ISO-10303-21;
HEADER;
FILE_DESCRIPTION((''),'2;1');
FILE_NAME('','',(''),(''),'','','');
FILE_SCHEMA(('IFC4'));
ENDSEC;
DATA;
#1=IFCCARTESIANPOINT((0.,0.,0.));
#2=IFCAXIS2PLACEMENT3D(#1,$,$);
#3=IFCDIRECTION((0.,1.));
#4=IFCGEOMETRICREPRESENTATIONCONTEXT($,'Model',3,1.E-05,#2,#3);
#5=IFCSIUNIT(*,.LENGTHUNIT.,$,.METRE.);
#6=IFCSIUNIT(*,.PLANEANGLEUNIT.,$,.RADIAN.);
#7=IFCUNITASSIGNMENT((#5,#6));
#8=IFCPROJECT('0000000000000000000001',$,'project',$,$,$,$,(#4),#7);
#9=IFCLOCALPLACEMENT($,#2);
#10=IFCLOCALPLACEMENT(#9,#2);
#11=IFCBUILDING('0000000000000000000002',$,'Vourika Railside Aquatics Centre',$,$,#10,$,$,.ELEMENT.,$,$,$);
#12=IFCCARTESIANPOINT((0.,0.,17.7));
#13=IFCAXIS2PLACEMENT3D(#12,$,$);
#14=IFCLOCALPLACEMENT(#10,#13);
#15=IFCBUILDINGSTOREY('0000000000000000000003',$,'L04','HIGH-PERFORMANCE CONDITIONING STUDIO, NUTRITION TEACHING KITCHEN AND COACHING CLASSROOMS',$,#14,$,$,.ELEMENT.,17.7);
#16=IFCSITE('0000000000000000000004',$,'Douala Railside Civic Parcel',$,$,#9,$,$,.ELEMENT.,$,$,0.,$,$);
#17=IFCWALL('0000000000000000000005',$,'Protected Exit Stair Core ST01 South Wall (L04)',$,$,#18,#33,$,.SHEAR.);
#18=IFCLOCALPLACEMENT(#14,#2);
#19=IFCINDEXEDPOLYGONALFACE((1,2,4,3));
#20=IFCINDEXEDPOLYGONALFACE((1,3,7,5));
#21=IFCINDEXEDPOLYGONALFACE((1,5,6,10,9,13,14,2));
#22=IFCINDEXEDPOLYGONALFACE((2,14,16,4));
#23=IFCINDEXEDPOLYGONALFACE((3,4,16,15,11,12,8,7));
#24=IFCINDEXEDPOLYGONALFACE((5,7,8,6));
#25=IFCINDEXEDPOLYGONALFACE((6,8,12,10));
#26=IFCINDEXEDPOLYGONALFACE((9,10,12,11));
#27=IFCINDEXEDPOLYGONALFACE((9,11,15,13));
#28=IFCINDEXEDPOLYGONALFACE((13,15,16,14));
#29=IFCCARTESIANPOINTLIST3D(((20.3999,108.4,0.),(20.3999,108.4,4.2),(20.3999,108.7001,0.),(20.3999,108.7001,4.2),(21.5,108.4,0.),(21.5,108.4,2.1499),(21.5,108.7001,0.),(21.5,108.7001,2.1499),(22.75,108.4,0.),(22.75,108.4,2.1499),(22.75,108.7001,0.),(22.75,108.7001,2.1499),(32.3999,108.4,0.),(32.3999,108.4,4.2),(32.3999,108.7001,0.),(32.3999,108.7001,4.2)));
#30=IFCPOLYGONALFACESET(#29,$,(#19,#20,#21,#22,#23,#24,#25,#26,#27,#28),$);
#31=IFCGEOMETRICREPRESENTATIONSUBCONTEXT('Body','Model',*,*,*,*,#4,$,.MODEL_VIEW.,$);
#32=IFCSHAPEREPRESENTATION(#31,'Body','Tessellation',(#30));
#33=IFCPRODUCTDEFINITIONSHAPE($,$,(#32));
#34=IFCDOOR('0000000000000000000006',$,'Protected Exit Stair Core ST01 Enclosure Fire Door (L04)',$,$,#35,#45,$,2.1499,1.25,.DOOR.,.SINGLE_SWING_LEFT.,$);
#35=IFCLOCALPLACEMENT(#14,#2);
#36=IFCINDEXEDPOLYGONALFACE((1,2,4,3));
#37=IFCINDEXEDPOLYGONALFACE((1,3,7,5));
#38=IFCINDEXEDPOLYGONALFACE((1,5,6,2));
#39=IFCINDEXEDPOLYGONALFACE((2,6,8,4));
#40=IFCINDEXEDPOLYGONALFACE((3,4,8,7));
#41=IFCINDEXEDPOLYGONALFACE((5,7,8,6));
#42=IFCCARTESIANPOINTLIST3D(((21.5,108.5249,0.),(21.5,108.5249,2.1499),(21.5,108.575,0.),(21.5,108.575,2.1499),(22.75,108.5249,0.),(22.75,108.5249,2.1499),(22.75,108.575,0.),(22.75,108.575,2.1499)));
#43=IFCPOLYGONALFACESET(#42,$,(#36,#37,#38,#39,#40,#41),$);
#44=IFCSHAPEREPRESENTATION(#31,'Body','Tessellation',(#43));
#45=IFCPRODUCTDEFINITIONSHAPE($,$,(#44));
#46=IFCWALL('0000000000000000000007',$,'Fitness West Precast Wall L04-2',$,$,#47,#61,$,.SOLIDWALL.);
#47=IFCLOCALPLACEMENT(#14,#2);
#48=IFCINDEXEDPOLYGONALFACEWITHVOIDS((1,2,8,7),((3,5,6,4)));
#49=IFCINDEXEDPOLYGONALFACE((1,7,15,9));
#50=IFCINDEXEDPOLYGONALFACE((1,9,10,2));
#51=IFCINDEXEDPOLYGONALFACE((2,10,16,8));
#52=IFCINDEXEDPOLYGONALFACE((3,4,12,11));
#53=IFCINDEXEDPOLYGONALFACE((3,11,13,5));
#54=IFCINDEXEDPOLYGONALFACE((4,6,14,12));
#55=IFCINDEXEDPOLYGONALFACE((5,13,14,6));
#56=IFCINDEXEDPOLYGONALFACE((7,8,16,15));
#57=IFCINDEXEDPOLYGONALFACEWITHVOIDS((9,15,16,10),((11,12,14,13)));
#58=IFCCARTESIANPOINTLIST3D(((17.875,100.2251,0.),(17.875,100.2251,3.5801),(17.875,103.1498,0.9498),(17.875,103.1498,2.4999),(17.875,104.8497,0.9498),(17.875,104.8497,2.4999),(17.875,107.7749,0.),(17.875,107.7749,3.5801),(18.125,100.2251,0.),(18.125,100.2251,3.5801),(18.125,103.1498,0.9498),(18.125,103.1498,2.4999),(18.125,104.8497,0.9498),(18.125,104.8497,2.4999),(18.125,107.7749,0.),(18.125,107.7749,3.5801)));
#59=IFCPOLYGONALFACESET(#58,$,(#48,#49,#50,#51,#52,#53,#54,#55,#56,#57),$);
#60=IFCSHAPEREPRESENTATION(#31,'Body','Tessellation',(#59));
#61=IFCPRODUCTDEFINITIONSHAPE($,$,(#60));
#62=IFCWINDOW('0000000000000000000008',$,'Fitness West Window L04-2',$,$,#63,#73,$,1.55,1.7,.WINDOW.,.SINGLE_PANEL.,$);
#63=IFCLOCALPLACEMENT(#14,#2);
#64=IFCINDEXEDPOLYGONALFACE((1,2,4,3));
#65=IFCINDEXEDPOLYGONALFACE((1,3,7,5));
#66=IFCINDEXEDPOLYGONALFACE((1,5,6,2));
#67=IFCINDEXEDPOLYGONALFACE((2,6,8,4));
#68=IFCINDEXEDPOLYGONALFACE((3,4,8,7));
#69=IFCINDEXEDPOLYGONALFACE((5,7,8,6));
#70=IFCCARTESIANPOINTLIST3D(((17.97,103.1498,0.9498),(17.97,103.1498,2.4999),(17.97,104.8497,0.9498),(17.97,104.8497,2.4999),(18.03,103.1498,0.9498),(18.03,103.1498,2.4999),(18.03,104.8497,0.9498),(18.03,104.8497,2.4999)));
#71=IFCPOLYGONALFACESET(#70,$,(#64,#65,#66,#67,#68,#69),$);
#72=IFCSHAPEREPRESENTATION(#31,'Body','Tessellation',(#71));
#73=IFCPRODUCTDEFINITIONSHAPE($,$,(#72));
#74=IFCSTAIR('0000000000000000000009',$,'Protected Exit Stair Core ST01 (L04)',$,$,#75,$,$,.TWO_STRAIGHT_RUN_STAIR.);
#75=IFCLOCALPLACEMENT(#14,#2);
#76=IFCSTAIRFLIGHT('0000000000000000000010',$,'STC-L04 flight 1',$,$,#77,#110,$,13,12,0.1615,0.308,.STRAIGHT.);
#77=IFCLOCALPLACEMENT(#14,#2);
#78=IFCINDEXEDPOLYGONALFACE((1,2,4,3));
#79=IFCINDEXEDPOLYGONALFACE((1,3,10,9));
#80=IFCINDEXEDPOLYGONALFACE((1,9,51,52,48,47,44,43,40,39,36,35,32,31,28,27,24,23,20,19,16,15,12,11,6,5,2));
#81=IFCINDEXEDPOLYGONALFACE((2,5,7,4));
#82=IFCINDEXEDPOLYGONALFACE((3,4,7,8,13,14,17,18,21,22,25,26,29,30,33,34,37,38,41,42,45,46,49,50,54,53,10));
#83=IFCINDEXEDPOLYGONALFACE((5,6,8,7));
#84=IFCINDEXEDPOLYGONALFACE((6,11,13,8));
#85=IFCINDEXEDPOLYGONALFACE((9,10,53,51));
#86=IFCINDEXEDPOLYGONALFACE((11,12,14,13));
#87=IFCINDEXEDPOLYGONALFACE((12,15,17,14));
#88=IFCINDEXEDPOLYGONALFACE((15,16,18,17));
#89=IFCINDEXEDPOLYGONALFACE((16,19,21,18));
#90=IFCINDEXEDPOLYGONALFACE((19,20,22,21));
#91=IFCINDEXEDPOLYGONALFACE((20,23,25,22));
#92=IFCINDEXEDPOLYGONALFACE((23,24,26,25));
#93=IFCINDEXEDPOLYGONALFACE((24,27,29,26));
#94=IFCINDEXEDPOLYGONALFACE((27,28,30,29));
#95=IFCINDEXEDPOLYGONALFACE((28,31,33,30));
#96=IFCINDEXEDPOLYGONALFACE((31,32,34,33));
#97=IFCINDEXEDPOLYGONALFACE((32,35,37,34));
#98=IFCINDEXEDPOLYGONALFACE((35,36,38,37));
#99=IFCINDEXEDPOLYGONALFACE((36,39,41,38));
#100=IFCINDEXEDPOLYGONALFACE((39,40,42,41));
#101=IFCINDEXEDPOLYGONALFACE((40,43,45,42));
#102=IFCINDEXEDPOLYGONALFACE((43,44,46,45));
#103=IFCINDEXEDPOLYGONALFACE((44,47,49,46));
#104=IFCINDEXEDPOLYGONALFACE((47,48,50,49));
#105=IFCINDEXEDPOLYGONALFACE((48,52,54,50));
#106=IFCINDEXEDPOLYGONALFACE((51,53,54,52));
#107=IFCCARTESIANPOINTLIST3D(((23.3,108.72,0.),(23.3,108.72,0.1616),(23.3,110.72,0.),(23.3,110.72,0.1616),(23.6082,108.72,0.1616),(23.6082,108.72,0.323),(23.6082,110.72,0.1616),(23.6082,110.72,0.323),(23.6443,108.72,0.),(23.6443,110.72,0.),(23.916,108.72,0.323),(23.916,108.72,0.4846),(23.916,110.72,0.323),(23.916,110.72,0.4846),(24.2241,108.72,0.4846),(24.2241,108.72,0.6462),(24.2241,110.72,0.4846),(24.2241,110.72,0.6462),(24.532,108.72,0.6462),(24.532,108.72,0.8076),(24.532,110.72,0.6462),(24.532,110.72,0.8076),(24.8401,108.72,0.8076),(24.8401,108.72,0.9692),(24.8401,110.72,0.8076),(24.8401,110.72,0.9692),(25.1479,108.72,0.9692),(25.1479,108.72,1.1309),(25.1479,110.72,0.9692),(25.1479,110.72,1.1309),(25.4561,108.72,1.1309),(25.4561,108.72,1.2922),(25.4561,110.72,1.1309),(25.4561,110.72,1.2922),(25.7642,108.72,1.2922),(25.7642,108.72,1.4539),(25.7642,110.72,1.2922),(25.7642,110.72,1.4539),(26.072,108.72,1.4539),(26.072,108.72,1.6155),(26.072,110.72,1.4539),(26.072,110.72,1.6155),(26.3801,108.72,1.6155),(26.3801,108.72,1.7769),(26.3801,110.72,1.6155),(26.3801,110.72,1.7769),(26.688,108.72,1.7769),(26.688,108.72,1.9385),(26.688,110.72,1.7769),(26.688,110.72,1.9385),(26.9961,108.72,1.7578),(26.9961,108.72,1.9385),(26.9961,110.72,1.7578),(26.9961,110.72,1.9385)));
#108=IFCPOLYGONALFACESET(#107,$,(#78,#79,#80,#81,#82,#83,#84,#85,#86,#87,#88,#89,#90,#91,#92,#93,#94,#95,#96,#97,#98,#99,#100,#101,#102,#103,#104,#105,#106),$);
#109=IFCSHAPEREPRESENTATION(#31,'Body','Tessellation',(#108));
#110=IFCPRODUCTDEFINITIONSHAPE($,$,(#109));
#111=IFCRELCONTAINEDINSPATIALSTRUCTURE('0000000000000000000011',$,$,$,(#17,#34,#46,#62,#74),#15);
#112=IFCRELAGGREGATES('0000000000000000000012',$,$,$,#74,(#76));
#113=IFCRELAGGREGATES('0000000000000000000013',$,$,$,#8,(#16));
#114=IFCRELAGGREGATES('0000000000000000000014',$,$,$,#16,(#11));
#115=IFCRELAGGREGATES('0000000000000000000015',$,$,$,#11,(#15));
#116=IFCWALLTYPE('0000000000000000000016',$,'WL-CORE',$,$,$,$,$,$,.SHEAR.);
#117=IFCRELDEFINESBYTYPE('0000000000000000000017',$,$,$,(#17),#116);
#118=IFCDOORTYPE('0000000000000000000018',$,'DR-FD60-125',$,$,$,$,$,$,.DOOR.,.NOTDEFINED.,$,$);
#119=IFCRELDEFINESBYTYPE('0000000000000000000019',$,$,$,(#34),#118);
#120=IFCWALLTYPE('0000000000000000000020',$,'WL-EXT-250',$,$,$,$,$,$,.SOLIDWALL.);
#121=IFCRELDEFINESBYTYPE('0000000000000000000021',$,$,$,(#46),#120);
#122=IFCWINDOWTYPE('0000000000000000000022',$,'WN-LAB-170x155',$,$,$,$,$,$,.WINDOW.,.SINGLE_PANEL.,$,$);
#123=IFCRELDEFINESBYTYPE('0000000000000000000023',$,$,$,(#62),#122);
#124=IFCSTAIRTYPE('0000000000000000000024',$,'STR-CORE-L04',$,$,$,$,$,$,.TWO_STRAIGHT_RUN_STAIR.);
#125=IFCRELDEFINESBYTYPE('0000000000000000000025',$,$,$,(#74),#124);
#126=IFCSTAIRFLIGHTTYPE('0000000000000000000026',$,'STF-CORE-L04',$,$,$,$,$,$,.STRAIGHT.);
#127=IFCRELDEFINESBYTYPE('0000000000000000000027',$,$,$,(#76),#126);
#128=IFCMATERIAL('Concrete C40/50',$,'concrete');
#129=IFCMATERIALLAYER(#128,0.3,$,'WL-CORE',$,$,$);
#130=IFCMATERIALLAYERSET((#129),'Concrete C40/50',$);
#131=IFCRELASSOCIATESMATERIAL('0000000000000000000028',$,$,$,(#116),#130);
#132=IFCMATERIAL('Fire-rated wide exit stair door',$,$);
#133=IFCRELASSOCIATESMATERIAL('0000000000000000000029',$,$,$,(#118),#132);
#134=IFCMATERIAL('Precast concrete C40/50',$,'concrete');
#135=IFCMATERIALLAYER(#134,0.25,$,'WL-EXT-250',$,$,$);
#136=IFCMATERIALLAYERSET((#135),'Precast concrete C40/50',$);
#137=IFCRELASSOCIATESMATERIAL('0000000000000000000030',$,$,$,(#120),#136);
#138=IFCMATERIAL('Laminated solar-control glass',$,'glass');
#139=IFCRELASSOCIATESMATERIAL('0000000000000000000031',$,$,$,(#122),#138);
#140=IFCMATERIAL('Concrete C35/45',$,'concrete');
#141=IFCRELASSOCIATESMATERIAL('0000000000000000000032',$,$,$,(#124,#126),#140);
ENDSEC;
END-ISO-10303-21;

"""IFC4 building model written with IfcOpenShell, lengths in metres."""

from ifc_helpers import new_model, si_unit, direction, frame, frame_2d, origin, place, context, subcontext, project, spatial, polyline, rectangle, outline, extrude, material, layer, layer_set, type_object, element, fill, aggregate, save


model = new_model("IFC4")

# Units and contexts
model_context = context("Model", 3, precision=1e-05, world=origin(), true_north=direction((0.0, 1.0)))
body_context = subcontext(model_context, "Body", "Model", "MODEL_VIEW")
ifc_project = project(units=[si_unit("LENGTHUNIT", "METRE"), si_unit("PLANEANGLEUNIT", "RADIAN")], contexts=[model_context])

# Site, building, storey
site_placement = place(None, origin())
site = spatial("IfcSite", under=ifc_project, at=site_placement, Name="Douala Railside Civic Parcel", CompositionType="ELEMENT", RefElevation=0.0)
building_placement = place(site_placement, origin())
building = spatial("IfcBuilding", under=site, at=building_placement, Name="Vourika Railside Aquatics Centre", CompositionType="ELEMENT")
storey_placement = place(building_placement, frame((0.0, 0.0, 17.7)))
storey = spatial("IfcBuildingStorey", under=building, at=storey_placement, Name="L04", Description="HIGH-PERFORMANCE CONDITIONING STUDIO, NUTRITION TEACHING KITCHEN AND COACHING CLASSROOMS", CompositionType="ELEMENT", Elevation=17.7)

# Shared definitions
ifc_material_1 = material(Name="Concrete C35/45", Category="concrete")

# Wall, opening, door
ifc_material_2 = material(Name="Concrete C40/50", Category="concrete")
ifc_layer_1 = layer(ifc_material_2, 0.3, Name="WL-CORE")
ifc_layer_set_1 = layer_set([ifc_layer_1], Name="Concrete C40/50")
wall_type_1 = type_object("IfcWallType", Name="WL-CORE", PredefinedType="SHEAR", material=ifc_layer_set_1)
wall_1_placement = place(storey_placement, frame((20.3999, 108.55, 0.0), z_axis=(0.0, 0.0, 1.0), x_axis=(1.0, 0.0, 0.0)))
wall_1 = element("IfcWall", 1, at=wall_1_placement, inside=storey, type_object=wall_type_1, Name="Protected Exit Stair Core ST01 South Wall (L04)", PredefinedType="SHEAR", context=body_context, shape_type="SweptSolid", body=[
    extrude(rectangle(XDim=12.0, YDim=0.3, at=frame_2d((6.0, 0.0))), origin(), (0.0, 0.0, 1.0), 4.2),
])
opening_1_placement = place(wall_1_placement, frame((1.1001, 0.0, 0.0)))
opening_1 = element("IfcOpeningElement", 2, at=opening_1_placement, cuts=wall_1, PredefinedType="OPENING", context=body_context, shape_type="SweptSolid", body=[
    extrude(rectangle(XDim=1.25, YDim=2.1499, at=frame_2d((0.625, 1.075))), frame((0.0, 0.1602, 0.0), z_axis=(0.0, -1.0, 0.0), x_axis=(1.0, 0.0, 0.0)), (0.0, 0.0, 1.0), 0.3201),
])
ifc_material_3 = material(Name="Fire-rated wide exit stair door")
door_type = type_object("IfcDoorType", Name="DR-FD60-125", OperationType="NOTDEFINED", PredefinedType="DOOR", material=ifc_material_3)
door_placement = place(opening_1_placement, origin())
door = element("IfcDoor", 3, at=door_placement, inside=storey, type_object=door_type, Name="Protected Exit Stair Core ST01 Enclosure Fire Door (L04)", OperationType="SINGLE_SWING_LEFT", OverallHeight=2.1499, OverallWidth=1.25, PredefinedType="DOOR", context=body_context, shape_type="SweptSolid", body=[
    extrude(rectangle(XDim=1.25, YDim=2.1499, at=frame_2d((0.625, 1.075))), frame((0.0, 0.0249, 0.0), z_axis=(0.0, -1.0, 0.0), x_axis=(1.0, 0.0, 0.0)), (0.0, 0.0, 1.0), 0.05),
])
fill(opening_1, door)

# Wall, opening, window
ifc_material_4 = material(Name="Precast concrete C40/50", Category="concrete")
ifc_layer_2 = layer(ifc_material_4, 0.25, Name="WL-EXT-250")
ifc_layer_set_2 = layer_set([ifc_layer_2], Name="Precast concrete C40/50")
wall_type_2 = type_object("IfcWallType", Name="WL-EXT-250", PredefinedType="SOLIDWALL", material=ifc_layer_set_2)
wall_2_placement = place(storey_placement, frame((18.0, 107.7749, 0.0), z_axis=(0.0, 0.0, 1.0), x_axis=(0.0, -1.0, 0.0)))
wall_2 = element("IfcWall", 4, at=wall_2_placement, inside=storey, type_object=wall_type_2, Name="Fitness West Precast Wall L04-2", PredefinedType="SOLIDWALL", context=body_context, shape_type="SweptSolid", body=[
    extrude(rectangle(XDim=7.5498, YDim=0.25, at=frame_2d((3.7749, 0.0))), origin(), (0.0, 0.0, 1.0), 3.5801),
])
opening_2_placement = place(wall_2_placement, frame((2.925, 0.0, 0.95)))
opening_2 = element("IfcOpeningElement", 5, at=opening_2_placement, cuts=wall_2, PredefinedType="OPENING", context=body_context, shape_type="SweptSolid", body=[
    extrude(rectangle(XDim=1.7, YDim=1.55, at=frame_2d((0.8501, 0.7749))), frame((0.0, 0.135, 0.0), z_axis=(0.0, -1.0, 0.0), x_axis=(1.0, 0.0, 0.0)), (0.0, 0.0, 1.0), 0.27),
])
ifc_material_5 = material(Name="Laminated solar-control glass", Category="glass")
window_type = type_object("IfcWindowType", Name="WN-LAB-170x155", PartitioningType="SINGLE_PANEL", PredefinedType="WINDOW", material=ifc_material_5)
window_placement = place(opening_2_placement, origin())
window = element("IfcWindow", 6, at=window_placement, inside=storey, type_object=window_type, Name="Fitness West Window L04-2", OverallHeight=1.55, OverallWidth=1.7, PartitioningType="SINGLE_PANEL", PredefinedType="WINDOW", context=body_context, shape_type="SweptSolid", body=[
    extrude(rectangle(XDim=1.7, YDim=1.55, at=frame_2d((0.8501, 0.7749))), frame((0.0, 0.03, 0.0), z_axis=(0.0, -1.0, 0.0), x_axis=(1.0, 0.0, 0.0)), (0.0, 0.0, 1.0), 0.0601),
])
fill(opening_2, window)

# Stair, stair flight
stair_type = type_object("IfcStairType", Name="STR-CORE-L04", PredefinedType="TWO_STRAIGHT_RUN_STAIR", material=ifc_material_1)
stair_placement = place(storey_placement, origin())
stair = element("IfcStair", 7, at=stair_placement, inside=storey, type_object=stair_type, Name="Protected Exit Stair Core ST01 (L04)", PredefinedType="TWO_STRAIGHT_RUN_STAIR")
stair_flight_type = type_object("IfcStairFlightType", Name="STF-CORE-L04", PredefinedType="STRAIGHT", material=ifc_material_1)
stair_flight_placement = place(storey_placement, frame((23.3, 109.72, 0.0), z_axis=(0.0, 0.0, 1.0), x_axis=(1.0, 0.0, 0.0)))
stair_flight = element("IfcStairFlight", 8, at=stair_flight_placement, type_object=stair_flight_type, Name="STC-L04 flight 1", NumberOfRisers=13, NumberOfTreads=12, PredefinedType="STRAIGHT", RiserHeight=0.1615, TreadLength=0.308, context=body_context, shape_type="SweptSolid", body=[
    extrude(outline(polyline([(0.0, 0.0), (0.0, 0.1616), (0.3081, 0.1616), (0.3081, 0.323), (0.616, 0.323), (0.616, 0.4846), (0.9241, 0.4846), (0.9241, 0.6462), (1.2319, 0.6462), (1.2319, 0.8076), (1.54, 0.8076), (1.54, 0.9692), (1.8479, 0.9692), (1.8479, 1.1309), (2.156, 1.1309), (2.156, 1.2922), (2.4641, 1.2922), (2.4641, 1.4539), (2.772, 1.4539), (2.772, 1.6155), (3.0801, 1.6155), (3.0801, 1.7769), (3.3879, 1.7769), (3.3879, 1.9385), (3.696, 1.9385), (3.696, 2.1001), (3.696, 1.7578), (0.3442, 0.0), (0.0, 0.0)])), frame((0.0, 1.0, 0.0), z_axis=(0.0, -1.0, 0.0), x_axis=(1.0, 0.0, 0.0)), (0.0, 0.0, 1.0), 2.0),
])
aggregate(stair, [stair_flight])

save(model, "model.ifc")
